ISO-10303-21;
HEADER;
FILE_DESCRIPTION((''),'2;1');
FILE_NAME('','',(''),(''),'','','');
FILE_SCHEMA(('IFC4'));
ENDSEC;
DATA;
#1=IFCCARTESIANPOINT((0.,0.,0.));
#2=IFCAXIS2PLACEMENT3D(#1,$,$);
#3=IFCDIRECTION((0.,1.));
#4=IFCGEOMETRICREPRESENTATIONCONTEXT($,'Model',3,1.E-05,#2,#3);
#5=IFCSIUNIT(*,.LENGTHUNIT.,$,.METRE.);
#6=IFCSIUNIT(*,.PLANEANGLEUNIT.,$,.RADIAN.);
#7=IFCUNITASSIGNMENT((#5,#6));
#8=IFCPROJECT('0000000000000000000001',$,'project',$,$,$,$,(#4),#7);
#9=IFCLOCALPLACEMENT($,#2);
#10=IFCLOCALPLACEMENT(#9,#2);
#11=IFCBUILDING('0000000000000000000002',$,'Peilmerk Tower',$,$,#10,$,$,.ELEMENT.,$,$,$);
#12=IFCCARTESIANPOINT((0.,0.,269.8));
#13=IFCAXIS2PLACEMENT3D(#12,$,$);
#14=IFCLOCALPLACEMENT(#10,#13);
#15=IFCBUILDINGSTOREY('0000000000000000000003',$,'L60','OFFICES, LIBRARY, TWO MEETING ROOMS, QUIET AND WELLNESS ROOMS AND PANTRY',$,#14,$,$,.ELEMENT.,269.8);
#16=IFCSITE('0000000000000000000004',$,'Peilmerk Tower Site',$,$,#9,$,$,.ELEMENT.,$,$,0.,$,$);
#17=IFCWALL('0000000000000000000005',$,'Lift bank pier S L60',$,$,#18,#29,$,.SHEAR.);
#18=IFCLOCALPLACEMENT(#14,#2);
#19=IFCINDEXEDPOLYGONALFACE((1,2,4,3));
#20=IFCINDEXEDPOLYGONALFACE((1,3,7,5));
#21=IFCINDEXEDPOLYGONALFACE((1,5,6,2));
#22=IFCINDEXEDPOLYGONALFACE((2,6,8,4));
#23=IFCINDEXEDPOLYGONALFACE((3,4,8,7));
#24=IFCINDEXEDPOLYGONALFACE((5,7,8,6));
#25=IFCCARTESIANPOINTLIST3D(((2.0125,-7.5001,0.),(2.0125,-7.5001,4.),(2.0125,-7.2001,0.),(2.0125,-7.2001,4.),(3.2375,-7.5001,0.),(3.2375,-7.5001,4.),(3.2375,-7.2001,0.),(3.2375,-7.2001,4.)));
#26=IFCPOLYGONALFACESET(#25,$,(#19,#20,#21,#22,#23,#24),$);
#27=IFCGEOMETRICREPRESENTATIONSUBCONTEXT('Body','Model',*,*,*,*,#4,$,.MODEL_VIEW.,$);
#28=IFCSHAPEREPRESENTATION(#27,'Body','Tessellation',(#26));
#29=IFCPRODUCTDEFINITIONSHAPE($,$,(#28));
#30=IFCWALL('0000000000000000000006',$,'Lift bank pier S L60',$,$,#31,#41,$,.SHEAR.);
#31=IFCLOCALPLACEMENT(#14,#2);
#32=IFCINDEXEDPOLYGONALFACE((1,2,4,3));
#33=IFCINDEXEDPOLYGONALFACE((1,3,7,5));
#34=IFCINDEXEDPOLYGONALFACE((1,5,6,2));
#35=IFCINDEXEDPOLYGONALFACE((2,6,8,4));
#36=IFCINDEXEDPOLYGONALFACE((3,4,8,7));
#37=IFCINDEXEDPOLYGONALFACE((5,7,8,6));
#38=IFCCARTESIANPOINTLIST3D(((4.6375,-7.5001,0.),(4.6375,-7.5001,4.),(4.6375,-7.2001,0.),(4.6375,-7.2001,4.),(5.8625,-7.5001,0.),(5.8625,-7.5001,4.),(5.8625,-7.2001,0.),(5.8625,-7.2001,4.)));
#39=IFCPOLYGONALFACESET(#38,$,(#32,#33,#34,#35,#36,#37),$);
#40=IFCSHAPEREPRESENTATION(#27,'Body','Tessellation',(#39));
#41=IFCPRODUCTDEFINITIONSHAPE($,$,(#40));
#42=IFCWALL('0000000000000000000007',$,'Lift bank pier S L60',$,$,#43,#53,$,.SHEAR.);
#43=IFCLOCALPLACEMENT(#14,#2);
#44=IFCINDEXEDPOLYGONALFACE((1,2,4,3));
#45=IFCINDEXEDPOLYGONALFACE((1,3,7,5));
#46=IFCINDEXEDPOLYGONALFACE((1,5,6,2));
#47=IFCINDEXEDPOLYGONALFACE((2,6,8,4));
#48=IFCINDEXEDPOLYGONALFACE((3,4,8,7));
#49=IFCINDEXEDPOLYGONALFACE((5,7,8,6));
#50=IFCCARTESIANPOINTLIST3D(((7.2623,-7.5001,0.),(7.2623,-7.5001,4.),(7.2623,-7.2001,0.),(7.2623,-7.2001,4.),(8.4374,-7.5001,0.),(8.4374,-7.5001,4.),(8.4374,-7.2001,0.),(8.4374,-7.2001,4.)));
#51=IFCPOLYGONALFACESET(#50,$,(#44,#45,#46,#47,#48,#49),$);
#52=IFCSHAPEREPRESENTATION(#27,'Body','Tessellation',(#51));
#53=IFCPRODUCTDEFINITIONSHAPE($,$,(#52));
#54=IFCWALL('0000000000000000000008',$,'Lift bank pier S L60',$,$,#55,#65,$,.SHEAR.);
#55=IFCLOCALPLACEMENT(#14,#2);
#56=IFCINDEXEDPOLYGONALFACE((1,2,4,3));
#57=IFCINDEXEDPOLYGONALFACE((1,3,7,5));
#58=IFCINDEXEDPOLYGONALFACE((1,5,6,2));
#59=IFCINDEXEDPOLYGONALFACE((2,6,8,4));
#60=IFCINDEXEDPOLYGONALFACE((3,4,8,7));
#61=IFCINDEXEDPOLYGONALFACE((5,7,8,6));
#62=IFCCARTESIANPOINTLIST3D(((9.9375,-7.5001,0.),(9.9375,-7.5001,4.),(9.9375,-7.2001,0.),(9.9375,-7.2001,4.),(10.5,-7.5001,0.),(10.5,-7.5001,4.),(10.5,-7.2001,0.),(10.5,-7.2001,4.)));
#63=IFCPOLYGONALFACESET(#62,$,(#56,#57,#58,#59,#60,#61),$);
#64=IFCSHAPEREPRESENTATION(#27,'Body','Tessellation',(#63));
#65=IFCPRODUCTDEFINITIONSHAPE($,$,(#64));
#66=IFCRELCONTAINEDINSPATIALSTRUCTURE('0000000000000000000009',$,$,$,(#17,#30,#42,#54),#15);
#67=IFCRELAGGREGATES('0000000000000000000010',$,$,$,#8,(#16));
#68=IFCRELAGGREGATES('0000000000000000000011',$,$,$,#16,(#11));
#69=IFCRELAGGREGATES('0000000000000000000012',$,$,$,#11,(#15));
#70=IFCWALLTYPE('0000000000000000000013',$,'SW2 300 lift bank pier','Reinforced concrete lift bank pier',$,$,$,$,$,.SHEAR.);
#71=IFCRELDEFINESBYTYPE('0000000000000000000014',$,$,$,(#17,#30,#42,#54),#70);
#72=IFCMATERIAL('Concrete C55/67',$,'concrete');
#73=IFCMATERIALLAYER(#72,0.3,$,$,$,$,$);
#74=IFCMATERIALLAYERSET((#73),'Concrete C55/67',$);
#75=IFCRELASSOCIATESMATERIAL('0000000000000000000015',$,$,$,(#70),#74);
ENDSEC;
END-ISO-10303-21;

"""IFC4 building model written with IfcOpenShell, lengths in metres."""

from ifc_helpers import new_model, si_unit, direction, frame, frame_2d, origin, place, context, subcontext, project, spatial, rectangle, extrude, material, layer, layer_set, type_object, element, save


model = new_model("IFC4")

# Units and contexts
model_context = context("Model", 3, precision=1e-05, world=origin(), true_north=direction((0.0, 1.0)))
body_context = subcontext(model_context, "Body", "Model", "MODEL_VIEW")
ifc_project = project(units=[si_unit("LENGTHUNIT", "METRE"), si_unit("PLANEANGLEUNIT", "RADIAN")], contexts=[model_context])

# Site, building, storey
site_placement = place(None, origin())
site = spatial("IfcSite", under=ifc_project, at=site_placement, Name="Peilmerk Tower Site", CompositionType="ELEMENT", RefElevation=0.0)
building_placement = place(site_placement, origin())
building = spatial("IfcBuilding", under=site, at=building_placement, Name="Peilmerk Tower", CompositionType="ELEMENT")
storey_placement = place(building_placement, frame((0.0, 0.0, 269.8)))
storey = spatial("IfcBuildingStorey", under=building, at=storey_placement, Name="L60", Description="OFFICES, LIBRARY, TWO MEETING ROOMS, QUIET AND WELLNESS ROOMS AND PANTRY", CompositionType="ELEMENT", Elevation=269.8)

# Walls
ifc_material_1 = material(Name="Concrete C55/67", Category="concrete")
ifc_layer_1 = layer(ifc_material_1, 0.3)
ifc_layer_set_1 = layer_set([ifc_layer_1], Name="Concrete C55/67")
wall_type_1 = type_object("IfcWallType", Name="SW2 300 lift bank pier", Description="Reinforced concrete lift bank pier", PredefinedType="SHEAR", material=ifc_layer_set_1)
for number, where, z_axis, x_axis, name in (
    (1, (2.0125, -7.3501, 0.0), (0.0, 0.0, 1.0), (1.0, 0.0, 0.0), "Lift bank pier S L60"),
    (2, (4.6375, -7.3501, 0.0), (0.0, 0.0, 1.0), (1.0, 0.0, 0.0), "Lift bank pier S L60"),
):
    element("IfcWall", number, at=place(storey_placement, frame(where, z_axis=z_axis, x_axis=x_axis)), inside=storey, type_object=wall_type_1, Name=name, PredefinedType="SHEAR", context=body_context, shape_type="SweptSolid", body=[
        extrude(rectangle(XDim=1.2251, YDim=0.3, at=frame_2d((0.6125, 0.0))), origin(), (0.0, 0.0, 1.0), 4.0),
    ])
wall_1_placement = place(storey_placement, frame((7.2625, -7.3501, 0.0), z_axis=(0.0, 0.0, 1.0), x_axis=(1.0, 0.0, 0.0)))
element("IfcWall", 3, at=wall_1_placement, inside=storey, type_object=wall_type_1, Name="Lift bank pier S L60", PredefinedType="SHEAR", context=body_context, shape_type="SweptSolid", body=[
    extrude(rectangle(XDim=1.175, YDim=0.3, at=frame_2d((0.5874, 0.0))), origin(), (0.0, 0.0, 1.0), 4.0),
])
wall_2_placement = place(storey_placement, frame((9.9375, -7.3501, 0.0), z_axis=(0.0, 0.0, 1.0), x_axis=(1.0, 0.0, 0.0)))
element("IfcWall", 4, at=wall_2_placement, inside=storey, type_object=wall_type_1, Name="Lift bank pier S L60", PredefinedType="SHEAR", context=body_context, shape_type="SweptSolid", body=[
    extrude(rectangle(XDim=0.5625, YDim=0.3, at=frame_2d((0.2812, 0.0))), origin(), (0.0, 0.0, 1.0), 4.0),
])

save(model, "model.ifc")
